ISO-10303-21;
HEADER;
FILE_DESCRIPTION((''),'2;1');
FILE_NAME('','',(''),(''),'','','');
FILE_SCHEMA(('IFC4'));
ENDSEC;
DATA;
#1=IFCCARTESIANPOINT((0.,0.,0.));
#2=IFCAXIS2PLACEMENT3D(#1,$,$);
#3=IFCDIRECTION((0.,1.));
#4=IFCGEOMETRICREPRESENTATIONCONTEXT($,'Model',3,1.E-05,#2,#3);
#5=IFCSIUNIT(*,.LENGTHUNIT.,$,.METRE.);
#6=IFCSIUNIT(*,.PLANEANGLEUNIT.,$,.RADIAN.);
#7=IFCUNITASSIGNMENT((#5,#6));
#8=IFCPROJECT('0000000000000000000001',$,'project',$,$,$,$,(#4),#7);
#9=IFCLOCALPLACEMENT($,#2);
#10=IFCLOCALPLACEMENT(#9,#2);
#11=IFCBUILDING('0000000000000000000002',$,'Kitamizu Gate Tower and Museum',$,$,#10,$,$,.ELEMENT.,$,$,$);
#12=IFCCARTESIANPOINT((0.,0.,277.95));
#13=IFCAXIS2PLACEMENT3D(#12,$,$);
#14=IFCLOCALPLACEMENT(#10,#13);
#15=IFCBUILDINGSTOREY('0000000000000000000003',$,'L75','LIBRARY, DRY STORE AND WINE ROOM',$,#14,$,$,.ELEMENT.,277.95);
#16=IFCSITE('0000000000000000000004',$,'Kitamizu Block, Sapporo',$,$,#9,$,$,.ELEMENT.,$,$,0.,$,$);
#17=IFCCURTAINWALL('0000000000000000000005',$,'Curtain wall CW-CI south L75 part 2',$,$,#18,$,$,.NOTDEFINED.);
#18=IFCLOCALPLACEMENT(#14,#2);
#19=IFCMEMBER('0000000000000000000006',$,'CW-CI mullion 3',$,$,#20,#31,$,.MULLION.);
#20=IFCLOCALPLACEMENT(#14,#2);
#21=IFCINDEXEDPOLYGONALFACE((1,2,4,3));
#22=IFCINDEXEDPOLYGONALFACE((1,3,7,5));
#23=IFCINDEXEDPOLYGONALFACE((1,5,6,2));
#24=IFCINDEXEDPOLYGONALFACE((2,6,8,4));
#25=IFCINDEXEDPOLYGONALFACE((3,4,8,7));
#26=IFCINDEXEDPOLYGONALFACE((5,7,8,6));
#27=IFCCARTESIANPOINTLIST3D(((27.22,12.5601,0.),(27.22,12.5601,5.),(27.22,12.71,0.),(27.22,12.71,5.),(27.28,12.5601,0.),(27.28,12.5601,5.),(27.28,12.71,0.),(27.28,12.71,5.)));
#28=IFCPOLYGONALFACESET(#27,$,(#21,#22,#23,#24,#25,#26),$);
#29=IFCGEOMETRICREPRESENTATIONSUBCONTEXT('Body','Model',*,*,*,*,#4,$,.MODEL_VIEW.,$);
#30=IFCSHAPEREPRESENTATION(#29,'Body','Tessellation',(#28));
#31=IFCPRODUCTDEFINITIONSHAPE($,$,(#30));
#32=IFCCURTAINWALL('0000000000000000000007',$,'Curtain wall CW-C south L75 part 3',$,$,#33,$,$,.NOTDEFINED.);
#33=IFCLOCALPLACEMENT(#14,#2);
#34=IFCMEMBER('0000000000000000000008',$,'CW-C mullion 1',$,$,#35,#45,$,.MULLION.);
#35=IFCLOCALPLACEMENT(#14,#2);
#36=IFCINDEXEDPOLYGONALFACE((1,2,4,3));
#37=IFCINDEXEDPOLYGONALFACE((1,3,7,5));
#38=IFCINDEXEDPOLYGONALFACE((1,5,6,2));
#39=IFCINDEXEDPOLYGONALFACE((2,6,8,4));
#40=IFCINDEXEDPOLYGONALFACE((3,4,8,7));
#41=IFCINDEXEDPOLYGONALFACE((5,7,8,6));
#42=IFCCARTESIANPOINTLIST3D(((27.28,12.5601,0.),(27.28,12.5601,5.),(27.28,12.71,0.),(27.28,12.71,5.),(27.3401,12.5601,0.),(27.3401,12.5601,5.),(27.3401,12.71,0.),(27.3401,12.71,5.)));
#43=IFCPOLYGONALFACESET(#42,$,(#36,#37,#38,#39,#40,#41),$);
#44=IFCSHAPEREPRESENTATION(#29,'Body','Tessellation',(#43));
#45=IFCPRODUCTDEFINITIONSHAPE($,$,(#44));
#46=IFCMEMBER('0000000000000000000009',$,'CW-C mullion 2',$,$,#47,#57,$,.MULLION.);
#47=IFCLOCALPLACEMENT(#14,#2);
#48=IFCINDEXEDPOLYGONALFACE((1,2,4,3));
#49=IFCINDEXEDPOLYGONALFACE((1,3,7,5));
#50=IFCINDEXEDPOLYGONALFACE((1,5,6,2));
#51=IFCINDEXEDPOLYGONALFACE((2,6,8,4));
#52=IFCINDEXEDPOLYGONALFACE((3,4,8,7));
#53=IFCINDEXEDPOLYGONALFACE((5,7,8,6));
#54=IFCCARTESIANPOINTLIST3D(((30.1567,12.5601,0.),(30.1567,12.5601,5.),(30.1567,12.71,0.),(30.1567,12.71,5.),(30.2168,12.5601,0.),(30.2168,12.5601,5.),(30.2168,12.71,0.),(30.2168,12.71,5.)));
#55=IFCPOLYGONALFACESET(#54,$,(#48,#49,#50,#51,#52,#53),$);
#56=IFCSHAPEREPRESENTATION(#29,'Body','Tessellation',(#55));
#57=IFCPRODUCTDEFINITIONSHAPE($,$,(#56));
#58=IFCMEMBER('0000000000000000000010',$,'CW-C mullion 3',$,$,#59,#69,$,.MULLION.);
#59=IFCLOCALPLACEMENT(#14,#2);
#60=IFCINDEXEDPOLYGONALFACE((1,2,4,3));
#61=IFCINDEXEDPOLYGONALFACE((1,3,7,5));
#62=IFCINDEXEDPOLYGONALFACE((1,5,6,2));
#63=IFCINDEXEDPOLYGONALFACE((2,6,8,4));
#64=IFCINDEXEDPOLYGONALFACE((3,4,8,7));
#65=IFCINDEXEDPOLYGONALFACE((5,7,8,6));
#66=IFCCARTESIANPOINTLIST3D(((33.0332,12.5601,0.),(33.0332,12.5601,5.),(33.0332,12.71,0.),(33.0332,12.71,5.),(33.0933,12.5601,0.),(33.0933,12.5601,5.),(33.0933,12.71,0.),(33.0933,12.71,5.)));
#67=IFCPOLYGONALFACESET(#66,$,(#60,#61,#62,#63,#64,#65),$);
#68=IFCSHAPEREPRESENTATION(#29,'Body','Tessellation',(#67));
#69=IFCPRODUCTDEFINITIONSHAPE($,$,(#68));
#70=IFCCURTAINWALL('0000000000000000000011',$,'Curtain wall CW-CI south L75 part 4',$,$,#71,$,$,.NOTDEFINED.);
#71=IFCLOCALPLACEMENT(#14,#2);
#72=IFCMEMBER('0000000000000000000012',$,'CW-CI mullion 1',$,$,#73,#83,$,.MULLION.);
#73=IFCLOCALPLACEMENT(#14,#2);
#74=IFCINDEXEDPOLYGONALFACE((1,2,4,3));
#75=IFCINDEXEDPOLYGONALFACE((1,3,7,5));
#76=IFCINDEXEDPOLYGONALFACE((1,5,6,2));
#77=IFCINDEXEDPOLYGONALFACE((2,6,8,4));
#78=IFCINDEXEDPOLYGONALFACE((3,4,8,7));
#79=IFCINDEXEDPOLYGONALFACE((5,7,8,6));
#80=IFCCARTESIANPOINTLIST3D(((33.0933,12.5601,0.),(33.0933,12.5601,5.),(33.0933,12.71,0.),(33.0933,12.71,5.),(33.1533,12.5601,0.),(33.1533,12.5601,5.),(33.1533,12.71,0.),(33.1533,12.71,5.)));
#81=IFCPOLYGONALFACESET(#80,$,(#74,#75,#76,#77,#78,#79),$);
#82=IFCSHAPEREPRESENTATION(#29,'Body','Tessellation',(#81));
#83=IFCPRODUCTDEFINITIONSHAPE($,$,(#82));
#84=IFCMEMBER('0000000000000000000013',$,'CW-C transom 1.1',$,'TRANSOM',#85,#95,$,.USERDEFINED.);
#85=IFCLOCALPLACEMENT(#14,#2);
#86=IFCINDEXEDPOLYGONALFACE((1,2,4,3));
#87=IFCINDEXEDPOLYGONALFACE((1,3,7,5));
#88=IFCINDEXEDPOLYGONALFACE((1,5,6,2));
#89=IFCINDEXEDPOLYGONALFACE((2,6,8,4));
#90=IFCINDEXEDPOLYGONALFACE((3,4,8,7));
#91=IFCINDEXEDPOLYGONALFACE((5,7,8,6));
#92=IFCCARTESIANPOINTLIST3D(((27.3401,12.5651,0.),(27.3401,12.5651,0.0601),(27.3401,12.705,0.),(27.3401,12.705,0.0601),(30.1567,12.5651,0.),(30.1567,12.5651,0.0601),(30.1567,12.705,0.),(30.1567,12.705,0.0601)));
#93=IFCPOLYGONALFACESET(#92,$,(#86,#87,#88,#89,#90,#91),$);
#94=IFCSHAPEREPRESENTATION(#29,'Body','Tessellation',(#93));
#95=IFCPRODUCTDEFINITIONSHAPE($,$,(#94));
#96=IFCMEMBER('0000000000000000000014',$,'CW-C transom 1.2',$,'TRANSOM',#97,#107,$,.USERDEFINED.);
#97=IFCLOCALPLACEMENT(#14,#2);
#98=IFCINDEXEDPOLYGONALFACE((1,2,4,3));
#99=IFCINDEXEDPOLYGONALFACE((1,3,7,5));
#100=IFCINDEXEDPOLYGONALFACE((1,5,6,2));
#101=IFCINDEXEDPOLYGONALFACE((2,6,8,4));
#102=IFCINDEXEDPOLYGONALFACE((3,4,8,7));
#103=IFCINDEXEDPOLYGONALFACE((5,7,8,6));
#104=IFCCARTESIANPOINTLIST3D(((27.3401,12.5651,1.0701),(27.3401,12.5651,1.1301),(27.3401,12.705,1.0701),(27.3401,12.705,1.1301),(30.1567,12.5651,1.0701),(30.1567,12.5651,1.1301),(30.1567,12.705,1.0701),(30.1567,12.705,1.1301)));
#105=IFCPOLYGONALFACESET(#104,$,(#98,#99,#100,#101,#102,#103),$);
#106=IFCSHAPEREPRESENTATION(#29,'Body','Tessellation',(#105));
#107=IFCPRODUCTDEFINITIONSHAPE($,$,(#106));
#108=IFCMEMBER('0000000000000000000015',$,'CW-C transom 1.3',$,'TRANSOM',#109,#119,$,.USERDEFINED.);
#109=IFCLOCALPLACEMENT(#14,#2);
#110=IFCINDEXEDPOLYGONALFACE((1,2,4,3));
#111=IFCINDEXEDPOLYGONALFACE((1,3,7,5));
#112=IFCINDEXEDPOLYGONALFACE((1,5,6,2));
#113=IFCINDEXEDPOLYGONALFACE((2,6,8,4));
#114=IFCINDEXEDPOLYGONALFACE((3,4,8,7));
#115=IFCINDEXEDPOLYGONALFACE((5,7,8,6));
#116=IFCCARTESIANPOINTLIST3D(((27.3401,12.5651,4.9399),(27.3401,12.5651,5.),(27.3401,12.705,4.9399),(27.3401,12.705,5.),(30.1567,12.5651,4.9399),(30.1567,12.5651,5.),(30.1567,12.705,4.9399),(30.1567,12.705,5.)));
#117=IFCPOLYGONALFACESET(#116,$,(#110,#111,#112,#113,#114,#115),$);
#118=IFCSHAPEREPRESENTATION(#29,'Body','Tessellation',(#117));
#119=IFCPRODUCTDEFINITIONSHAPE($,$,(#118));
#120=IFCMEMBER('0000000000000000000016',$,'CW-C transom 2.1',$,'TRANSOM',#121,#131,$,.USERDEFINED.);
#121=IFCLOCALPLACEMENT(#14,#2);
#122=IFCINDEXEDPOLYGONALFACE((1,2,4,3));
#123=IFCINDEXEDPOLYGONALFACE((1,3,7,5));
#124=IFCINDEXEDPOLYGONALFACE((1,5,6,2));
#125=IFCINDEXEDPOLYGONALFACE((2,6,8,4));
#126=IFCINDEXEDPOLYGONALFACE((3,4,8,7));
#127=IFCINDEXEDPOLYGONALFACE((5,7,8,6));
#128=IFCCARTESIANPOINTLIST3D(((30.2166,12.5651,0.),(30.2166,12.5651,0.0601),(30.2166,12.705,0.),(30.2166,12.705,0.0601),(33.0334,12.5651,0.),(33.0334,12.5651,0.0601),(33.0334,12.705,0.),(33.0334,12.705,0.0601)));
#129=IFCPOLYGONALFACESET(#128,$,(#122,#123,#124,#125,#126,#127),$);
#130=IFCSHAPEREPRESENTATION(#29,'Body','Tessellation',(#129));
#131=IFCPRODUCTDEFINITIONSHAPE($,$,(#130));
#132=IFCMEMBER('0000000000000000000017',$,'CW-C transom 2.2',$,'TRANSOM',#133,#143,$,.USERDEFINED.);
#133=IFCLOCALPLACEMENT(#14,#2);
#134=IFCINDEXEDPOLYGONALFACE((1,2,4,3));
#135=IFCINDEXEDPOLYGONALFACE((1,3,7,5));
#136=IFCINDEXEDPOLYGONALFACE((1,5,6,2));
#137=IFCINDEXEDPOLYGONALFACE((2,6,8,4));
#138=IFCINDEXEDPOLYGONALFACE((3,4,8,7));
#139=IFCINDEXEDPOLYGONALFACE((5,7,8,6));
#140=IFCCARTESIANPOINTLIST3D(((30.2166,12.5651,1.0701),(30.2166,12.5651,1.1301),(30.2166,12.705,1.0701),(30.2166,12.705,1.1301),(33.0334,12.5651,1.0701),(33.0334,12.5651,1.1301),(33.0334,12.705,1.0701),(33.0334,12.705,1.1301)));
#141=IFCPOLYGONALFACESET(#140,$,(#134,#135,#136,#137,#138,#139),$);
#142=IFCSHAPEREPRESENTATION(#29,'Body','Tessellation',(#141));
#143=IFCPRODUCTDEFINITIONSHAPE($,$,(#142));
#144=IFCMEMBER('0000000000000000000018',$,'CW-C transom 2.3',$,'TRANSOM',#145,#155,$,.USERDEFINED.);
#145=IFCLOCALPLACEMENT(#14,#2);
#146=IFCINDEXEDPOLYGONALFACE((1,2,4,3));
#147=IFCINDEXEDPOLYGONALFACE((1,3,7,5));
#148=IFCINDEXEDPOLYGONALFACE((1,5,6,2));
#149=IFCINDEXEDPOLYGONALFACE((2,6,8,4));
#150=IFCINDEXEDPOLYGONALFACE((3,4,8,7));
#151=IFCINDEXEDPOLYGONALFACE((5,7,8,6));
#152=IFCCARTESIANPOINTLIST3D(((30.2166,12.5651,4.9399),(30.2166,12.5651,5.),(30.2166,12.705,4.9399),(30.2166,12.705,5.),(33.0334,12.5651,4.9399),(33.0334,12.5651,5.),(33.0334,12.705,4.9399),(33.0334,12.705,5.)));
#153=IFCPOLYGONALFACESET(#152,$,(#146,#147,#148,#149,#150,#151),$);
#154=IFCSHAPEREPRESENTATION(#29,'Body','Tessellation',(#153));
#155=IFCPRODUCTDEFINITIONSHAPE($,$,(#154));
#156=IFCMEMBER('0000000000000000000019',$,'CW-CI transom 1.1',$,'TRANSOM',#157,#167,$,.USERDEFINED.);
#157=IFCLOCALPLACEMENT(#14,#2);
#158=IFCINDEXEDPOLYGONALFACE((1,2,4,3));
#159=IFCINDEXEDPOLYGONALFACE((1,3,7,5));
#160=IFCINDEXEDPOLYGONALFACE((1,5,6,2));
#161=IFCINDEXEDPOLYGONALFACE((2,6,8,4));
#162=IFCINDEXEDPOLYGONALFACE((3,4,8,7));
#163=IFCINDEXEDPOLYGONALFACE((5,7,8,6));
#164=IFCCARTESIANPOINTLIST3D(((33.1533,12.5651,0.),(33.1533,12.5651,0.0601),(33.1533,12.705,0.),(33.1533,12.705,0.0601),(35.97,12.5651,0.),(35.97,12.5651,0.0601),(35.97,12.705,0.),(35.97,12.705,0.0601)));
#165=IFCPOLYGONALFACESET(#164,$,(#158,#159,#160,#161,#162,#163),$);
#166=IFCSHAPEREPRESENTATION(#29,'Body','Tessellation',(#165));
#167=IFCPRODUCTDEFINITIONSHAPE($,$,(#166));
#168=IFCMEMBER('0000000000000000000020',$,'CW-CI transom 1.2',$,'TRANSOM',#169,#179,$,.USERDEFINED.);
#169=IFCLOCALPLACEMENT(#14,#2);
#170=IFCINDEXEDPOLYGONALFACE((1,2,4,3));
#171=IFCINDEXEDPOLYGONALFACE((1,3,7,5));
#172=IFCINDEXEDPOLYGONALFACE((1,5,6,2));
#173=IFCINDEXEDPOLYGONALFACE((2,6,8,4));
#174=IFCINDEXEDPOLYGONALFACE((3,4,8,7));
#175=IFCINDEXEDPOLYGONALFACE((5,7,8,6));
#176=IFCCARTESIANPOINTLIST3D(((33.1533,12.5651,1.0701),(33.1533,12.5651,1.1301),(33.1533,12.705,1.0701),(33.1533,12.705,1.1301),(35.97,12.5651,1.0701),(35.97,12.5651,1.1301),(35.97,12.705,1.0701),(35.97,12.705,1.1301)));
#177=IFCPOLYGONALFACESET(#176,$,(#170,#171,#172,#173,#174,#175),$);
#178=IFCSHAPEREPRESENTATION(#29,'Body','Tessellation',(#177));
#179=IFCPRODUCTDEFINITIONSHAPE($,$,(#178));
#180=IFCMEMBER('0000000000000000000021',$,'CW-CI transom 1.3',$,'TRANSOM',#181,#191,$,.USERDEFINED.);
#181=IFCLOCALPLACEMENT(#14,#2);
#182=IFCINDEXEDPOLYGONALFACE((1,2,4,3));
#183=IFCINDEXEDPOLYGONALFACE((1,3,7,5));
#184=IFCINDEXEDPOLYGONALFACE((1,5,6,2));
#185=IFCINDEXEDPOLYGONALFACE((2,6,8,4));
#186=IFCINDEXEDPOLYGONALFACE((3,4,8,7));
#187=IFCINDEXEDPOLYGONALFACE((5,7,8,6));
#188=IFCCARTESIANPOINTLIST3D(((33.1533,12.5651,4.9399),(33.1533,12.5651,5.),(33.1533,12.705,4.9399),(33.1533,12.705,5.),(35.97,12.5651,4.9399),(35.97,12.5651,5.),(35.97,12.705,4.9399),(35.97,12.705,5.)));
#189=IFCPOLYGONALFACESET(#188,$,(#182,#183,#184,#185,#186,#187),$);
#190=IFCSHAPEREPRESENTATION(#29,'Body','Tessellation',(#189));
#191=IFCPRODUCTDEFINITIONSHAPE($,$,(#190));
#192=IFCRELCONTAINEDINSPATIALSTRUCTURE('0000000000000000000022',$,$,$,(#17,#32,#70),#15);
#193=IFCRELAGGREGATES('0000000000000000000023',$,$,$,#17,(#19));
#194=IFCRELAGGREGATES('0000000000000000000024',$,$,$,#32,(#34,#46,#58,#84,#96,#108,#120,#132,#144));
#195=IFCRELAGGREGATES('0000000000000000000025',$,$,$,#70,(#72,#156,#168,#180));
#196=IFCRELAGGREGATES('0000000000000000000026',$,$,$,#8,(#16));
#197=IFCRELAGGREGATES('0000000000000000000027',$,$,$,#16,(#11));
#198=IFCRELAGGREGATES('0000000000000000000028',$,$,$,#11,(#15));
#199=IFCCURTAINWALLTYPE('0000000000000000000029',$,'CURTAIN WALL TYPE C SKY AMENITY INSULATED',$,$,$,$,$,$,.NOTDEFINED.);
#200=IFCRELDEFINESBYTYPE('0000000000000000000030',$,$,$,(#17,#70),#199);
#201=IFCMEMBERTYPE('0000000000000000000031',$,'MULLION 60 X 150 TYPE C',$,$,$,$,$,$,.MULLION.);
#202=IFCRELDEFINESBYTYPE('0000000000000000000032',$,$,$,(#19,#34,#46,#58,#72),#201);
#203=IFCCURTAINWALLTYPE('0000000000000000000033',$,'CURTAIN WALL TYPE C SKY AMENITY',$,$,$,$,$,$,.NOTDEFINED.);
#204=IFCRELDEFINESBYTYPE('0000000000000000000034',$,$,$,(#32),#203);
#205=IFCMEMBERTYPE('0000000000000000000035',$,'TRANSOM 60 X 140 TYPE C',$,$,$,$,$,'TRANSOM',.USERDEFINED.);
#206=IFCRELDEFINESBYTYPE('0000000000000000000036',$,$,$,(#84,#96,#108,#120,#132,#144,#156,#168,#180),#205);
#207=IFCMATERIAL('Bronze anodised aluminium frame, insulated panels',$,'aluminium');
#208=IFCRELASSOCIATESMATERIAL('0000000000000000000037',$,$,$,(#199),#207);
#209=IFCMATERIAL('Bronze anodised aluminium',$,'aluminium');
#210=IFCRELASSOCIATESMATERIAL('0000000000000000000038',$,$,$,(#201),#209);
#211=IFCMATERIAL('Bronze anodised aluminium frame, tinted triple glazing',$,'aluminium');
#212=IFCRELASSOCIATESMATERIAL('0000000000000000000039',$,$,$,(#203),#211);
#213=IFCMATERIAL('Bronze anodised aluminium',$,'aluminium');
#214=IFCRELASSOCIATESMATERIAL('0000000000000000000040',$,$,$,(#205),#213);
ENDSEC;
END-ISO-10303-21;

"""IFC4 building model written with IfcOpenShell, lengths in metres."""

from ifc_helpers import new_model, si_unit, direction, frame, origin, origin_2d, place, context, subcontext, project, spatial, rectangle, extrude, material, material_profile, profile_set, type_object, element, aggregate, save


model = new_model("IFC4")

# Units and contexts
model_context = context("Model", 3, precision=1e-05, world=origin(), true_north=direction((0.0, 1.0)))
body_context = subcontext(model_context, "Body", "Model", "MODEL_VIEW")
ifc_project = project(units=[si_unit("LENGTHUNIT", "METRE"), si_unit("PLANEANGLEUNIT", "RADIAN")], contexts=[model_context])

# Site, building, storey
site_placement = place(None, origin())
site = spatial("IfcSite", under=ifc_project, at=site_placement, Name="Kitamizu Block, Sapporo", CompositionType="ELEMENT", RefElevation=0.0)
building_placement = place(site_placement, origin())
building = spatial("IfcBuilding", under=site, at=building_placement, Name="Kitamizu Gate Tower and Museum", CompositionType="ELEMENT")
storey_placement = place(building_placement, frame((0.0, 0.0, 277.95)))
storey = spatial("IfcBuildingStorey", under=building, at=storey_placement, Name="L75", Description="LIBRARY, DRY STORE AND WINE ROOM", CompositionType="ELEMENT", Elevation=277.95)

# Curtain wall, member
ifc_material_1 = material(Name="Bronze anodised aluminium frame, insulated panels", Category="aluminium")
curtain_wall_type_1 = type_object("IfcCurtainWallType", Name="CURTAIN WALL TYPE C SKY AMENITY INSULATED", PredefinedType="NOTDEFINED", material=ifc_material_1)
curtain_wall_1_placement = place(storey_placement, origin())
curtain_wall_1 = element("IfcCurtainWall", 1, at=curtain_wall_1_placement, inside=storey, type_object=curtain_wall_type_1, Name="Curtain wall CW-CI south L75 part 2", PredefinedType="NOTDEFINED")
ifc_material_2 = material(Name="Bronze anodised aluminium", Category="aluminium")
ifc_material_profile_1 = material_profile(ifc_material_2, rectangle(XDim=0.0601, YDim=0.1499, at=origin_2d()), Name="AL 60X150")
ifc_profile_set_1 = profile_set([ifc_material_profile_1], Name="Bronze anodised aluminium")
member_type_1 = type_object("IfcMemberType", Name="MULLION 60 X 150 TYPE C", PredefinedType="MULLION", material=ifc_profile_set_1)
member_1_placement = place(storey_placement, frame((27.25, 12.635, 0.0), z_axis=(0.0, 0.0, 1.0), x_axis=(1.0, 0.0, 0.0)))
member_1 = element("IfcMember", 2, at=member_1_placement, type_object=member_type_1, Name="CW-CI mullion 3", PredefinedType="MULLION", context=body_context, shape_type="SweptSolid", body=[
    extrude(rectangle(XDim=0.0601, YDim=0.1499, at=origin_2d()), origin(), (0.0, 0.0, 1.0), 5.0),
])
aggregate(curtain_wall_1, [member_1])

# Curtain wall, members
ifc_material_3 = material(Name="Bronze anodised aluminium frame, tinted triple glazing", Category="aluminium")
curtain_wall_type_2 = type_object("IfcCurtainWallType", Name="CURTAIN WALL TYPE C SKY AMENITY", PredefinedType="NOTDEFINED", material=ifc_material_3)
curtain_wall_2_placement = place(storey_placement, origin())
curtain_wall_2 = element("IfcCurtainWall", 3, at=curtain_wall_2_placement, inside=storey, type_object=curtain_wall_type_2, Name="Curtain wall CW-C south L75 part 3", PredefinedType="NOTDEFINED")
member_2_placement = place(storey_placement, frame((27.3101, 12.635, 0.0), z_axis=(0.0, 0.0, 1.0), x_axis=(1.0, 0.0, 0.0)))
member_2 = element("IfcMember", 4, at=member_2_placement, type_object=member_type_1, Name="CW-C mullion 1", PredefinedType="MULLION", context=body_context, shape_type="SweptSolid", body=[
    extrude(rectangle(XDim=0.0601, YDim=0.1499, at=origin_2d()), origin(), (0.0, 0.0, 1.0), 5.0),
])
member_3_placement = place(storey_placement, frame((30.1868, 12.635, 0.0), z_axis=(0.0, 0.0, 1.0), x_axis=(1.0, 0.0, 0.0)))
member_3 = element("IfcMember", 5, at=member_3_placement, type_object=member_type_1, Name="CW-C mullion 2", PredefinedType="MULLION", context=body_context, shape_type="SweptSolid", body=[
    extrude(rectangle(XDim=0.0601, YDim=0.1499, at=origin_2d()), origin(), (0.0, 0.0, 1.0), 5.0),
])
member_4_placement = place(storey_placement, frame((33.0632, 12.635, 0.0), z_axis=(0.0, 0.0, 1.0), x_axis=(1.0, 0.0, 0.0)))
member_4 = element("IfcMember", 6, at=member_4_placement, type_object=member_type_1, Name="CW-C mullion 3", PredefinedType="MULLION", context=body_context, shape_type="SweptSolid", body=[
    extrude(rectangle(XDim=0.0601, YDim=0.1499, at=origin_2d()), origin(), (0.0, 0.0, 1.0), 5.0),
])

# Curtain wall, member
curtain_wall_3_placement = place(storey_placement, origin())
curtain_wall_3 = element("IfcCurtainWall", 7, at=curtain_wall_3_placement, inside=storey, type_object=curtain_wall_type_1, Name="Curtain wall CW-CI south L75 part 4", PredefinedType="NOTDEFINED")
member_5_placement = place(storey_placement, frame((33.1233, 12.635, 0.0), z_axis=(0.0, 0.0, 1.0), x_axis=(1.0, 0.0, 0.0)))
member_5 = element("IfcMember", 8, at=member_5_placement, type_object=member_type_1, Name="CW-CI mullion 1", PredefinedType="MULLION", context=body_context, shape_type="SweptSolid", body=[
    extrude(rectangle(XDim=0.0601, YDim=0.1499, at=origin_2d()), origin(), (0.0, 0.0, 1.0), 5.0),
])

# Members
ifc_material_4 = material(Name="Bronze anodised aluminium", Category="aluminium")
ifc_material_profile_2 = material_profile(ifc_material_4, rectangle(XDim=0.1399, YDim=0.0601, at=origin_2d()), Name="AL 60X140")
ifc_profile_set_2 = profile_set([ifc_material_profile_2], Name="Bronze anodised aluminium")
member_type_2 = type_object("IfcMemberType", Name="TRANSOM 60 X 140 TYPE C", ElementType="TRANSOM", PredefinedType="USERDEFINED", material=ifc_profile_set_2)
member_6_placement = place(storey_placement, frame((27.3401, 12.635, 0.03), z_axis=(1.0, 0.0, 0.0), x_axis=(0.0, 1.0, 0.0)))
member_6 = element("IfcMember", 9, at=member_6_placement, type_object=member_type_2, Name="CW-C transom 1.1", ObjectType="TRANSOM", PredefinedType="USERDEFINED", context=body_context, shape_type="SweptSolid", body=[
    extrude(rectangle(XDim=0.1399, YDim=0.0601, at=origin_2d()), origin(), (0.0, 0.0, 1.0), 2.8167),
])
member_7_placement = place(storey_placement, frame((27.3401, 12.635, 1.1001), z_axis=(1.0, 0.0, 0.0), x_axis=(0.0, 1.0, 0.0)))
member_7 = element("IfcMember", 10, at=member_7_placement, type_object=member_type_2, Name="CW-C transom 1.2", ObjectType="TRANSOM", PredefinedType="USERDEFINED", context=body_context, shape_type="SweptSolid", body=[
    extrude(rectangle(XDim=0.1399, YDim=0.0601, at=origin_2d()), origin(), (0.0, 0.0, 1.0), 2.8167),
])
member_8_placement = place(storey_placement, frame((27.3401, 12.635, 4.97), z_axis=(1.0, 0.0, 0.0), x_axis=(0.0, 1.0, 0.0)))
member_8 = element("IfcMember", 11, at=member_8_placement, type_object=member_type_2, Name="CW-C transom 1.3", ObjectType="TRANSOM", PredefinedType="USERDEFINED", context=body_context, shape_type="SweptSolid", body=[
    extrude(rectangle(XDim=0.1399, YDim=0.0601, at=origin_2d()), origin(), (0.0, 0.0, 1.0), 2.8167),
])
member_9_placement = place(storey_placement, frame((30.2166, 12.635, 0.03), z_axis=(1.0, 0.0, 0.0), x_axis=(0.0, 1.0, 0.0)))
member_9 = element("IfcMember", 12, at=member_9_placement, type_object=member_type_2, Name="CW-C transom 2.1", ObjectType="TRANSOM", PredefinedType="USERDEFINED", context=body_context, shape_type="SweptSolid", body=[
    extrude(rectangle(XDim=0.1399, YDim=0.0601, at=origin_2d()), origin(), (0.0, 0.0, 1.0), 2.8169),
])
member_10_placement = place(storey_placement, frame((30.2166, 12.635, 1.1001), z_axis=(1.0, 0.0, 0.0), x_axis=(0.0, 1.0, 0.0)))
member_10 = element("IfcMember", 13, at=member_10_placement, type_object=member_type_2, Name="CW-C transom 2.2", ObjectType="TRANSOM", PredefinedType="USERDEFINED", context=body_context, shape_type="SweptSolid", body=[
    extrude(rectangle(XDim=0.1399, YDim=0.0601, at=origin_2d()), origin(), (0.0, 0.0, 1.0), 2.8169),
])
member_11_placement = place(storey_placement, frame((30.2166, 12.635, 4.97), z_axis=(1.0, 0.0, 0.0), x_axis=(0.0, 1.0, 0.0)))
member_11 = element("IfcMember", 14, at=member_11_placement, type_object=member_type_2, Name="CW-C transom 2.3", ObjectType="TRANSOM", PredefinedType="USERDEFINED", context=body_context, shape_type="SweptSolid", body=[
    extrude(rectangle(XDim=0.1399, YDim=0.0601, at=origin_2d()), origin(), (0.0, 0.0, 1.0), 2.8169),
])
member_12_placement = place(storey_placement, frame((33.1533, 12.635, 0.03), z_axis=(1.0, 0.0, 0.0), x_axis=(0.0, 1.0, 0.0)))
member_12 = element("IfcMember", 15, at=member_12_placement, type_object=member_type_2, Name="CW-CI transom 1.1", ObjectType="TRANSOM", PredefinedType="USERDEFINED", context=body_context, shape_type="SweptSolid", body=[
    extrude(rectangle(XDim=0.1399, YDim=0.0601, at=origin_2d()), origin(), (0.0, 0.0, 1.0), 2.8167),
])
member_13_placement = place(storey_placement, frame((33.1533, 12.635, 1.1001), z_axis=(1.0, 0.0, 0.0), x_axis=(0.0, 1.0, 0.0)))
member_13 = element("IfcMember", 16, at=member_13_placement, type_object=member_type_2, Name="CW-CI transom 1.2", ObjectType="TRANSOM", PredefinedType="USERDEFINED", context=body_context, shape_type="SweptSolid", body=[
    extrude(rectangle(XDim=0.1399, YDim=0.0601, at=origin_2d()), origin(), (0.0, 0.0, 1.0), 2.8167),
])
member_14_placement = place(storey_placement, frame((33.1533, 12.635, 4.97), z_axis=(1.0, 0.0, 0.0), x_axis=(0.0, 1.0, 0.0)))
member_14 = element("IfcMember", 17, at=member_14_placement, type_object=member_type_2, Name="CW-CI transom 1.3", ObjectType="TRANSOM", PredefinedType="USERDEFINED", context=body_context, shape_type="SweptSolid", body=[
    extrude(rectangle(XDim=0.1399, YDim=0.0601, at=origin_2d()), origin(), (0.0, 0.0, 1.0), 2.8167),
])

aggregate(curtain_wall_2, [member_2, member_3, member_4, member_6, member_7, member_8, member_9, member_10, member_11])
aggregate(curtain_wall_3, [member_5, member_12, member_13, member_14])

save(model, "model.ifc")
